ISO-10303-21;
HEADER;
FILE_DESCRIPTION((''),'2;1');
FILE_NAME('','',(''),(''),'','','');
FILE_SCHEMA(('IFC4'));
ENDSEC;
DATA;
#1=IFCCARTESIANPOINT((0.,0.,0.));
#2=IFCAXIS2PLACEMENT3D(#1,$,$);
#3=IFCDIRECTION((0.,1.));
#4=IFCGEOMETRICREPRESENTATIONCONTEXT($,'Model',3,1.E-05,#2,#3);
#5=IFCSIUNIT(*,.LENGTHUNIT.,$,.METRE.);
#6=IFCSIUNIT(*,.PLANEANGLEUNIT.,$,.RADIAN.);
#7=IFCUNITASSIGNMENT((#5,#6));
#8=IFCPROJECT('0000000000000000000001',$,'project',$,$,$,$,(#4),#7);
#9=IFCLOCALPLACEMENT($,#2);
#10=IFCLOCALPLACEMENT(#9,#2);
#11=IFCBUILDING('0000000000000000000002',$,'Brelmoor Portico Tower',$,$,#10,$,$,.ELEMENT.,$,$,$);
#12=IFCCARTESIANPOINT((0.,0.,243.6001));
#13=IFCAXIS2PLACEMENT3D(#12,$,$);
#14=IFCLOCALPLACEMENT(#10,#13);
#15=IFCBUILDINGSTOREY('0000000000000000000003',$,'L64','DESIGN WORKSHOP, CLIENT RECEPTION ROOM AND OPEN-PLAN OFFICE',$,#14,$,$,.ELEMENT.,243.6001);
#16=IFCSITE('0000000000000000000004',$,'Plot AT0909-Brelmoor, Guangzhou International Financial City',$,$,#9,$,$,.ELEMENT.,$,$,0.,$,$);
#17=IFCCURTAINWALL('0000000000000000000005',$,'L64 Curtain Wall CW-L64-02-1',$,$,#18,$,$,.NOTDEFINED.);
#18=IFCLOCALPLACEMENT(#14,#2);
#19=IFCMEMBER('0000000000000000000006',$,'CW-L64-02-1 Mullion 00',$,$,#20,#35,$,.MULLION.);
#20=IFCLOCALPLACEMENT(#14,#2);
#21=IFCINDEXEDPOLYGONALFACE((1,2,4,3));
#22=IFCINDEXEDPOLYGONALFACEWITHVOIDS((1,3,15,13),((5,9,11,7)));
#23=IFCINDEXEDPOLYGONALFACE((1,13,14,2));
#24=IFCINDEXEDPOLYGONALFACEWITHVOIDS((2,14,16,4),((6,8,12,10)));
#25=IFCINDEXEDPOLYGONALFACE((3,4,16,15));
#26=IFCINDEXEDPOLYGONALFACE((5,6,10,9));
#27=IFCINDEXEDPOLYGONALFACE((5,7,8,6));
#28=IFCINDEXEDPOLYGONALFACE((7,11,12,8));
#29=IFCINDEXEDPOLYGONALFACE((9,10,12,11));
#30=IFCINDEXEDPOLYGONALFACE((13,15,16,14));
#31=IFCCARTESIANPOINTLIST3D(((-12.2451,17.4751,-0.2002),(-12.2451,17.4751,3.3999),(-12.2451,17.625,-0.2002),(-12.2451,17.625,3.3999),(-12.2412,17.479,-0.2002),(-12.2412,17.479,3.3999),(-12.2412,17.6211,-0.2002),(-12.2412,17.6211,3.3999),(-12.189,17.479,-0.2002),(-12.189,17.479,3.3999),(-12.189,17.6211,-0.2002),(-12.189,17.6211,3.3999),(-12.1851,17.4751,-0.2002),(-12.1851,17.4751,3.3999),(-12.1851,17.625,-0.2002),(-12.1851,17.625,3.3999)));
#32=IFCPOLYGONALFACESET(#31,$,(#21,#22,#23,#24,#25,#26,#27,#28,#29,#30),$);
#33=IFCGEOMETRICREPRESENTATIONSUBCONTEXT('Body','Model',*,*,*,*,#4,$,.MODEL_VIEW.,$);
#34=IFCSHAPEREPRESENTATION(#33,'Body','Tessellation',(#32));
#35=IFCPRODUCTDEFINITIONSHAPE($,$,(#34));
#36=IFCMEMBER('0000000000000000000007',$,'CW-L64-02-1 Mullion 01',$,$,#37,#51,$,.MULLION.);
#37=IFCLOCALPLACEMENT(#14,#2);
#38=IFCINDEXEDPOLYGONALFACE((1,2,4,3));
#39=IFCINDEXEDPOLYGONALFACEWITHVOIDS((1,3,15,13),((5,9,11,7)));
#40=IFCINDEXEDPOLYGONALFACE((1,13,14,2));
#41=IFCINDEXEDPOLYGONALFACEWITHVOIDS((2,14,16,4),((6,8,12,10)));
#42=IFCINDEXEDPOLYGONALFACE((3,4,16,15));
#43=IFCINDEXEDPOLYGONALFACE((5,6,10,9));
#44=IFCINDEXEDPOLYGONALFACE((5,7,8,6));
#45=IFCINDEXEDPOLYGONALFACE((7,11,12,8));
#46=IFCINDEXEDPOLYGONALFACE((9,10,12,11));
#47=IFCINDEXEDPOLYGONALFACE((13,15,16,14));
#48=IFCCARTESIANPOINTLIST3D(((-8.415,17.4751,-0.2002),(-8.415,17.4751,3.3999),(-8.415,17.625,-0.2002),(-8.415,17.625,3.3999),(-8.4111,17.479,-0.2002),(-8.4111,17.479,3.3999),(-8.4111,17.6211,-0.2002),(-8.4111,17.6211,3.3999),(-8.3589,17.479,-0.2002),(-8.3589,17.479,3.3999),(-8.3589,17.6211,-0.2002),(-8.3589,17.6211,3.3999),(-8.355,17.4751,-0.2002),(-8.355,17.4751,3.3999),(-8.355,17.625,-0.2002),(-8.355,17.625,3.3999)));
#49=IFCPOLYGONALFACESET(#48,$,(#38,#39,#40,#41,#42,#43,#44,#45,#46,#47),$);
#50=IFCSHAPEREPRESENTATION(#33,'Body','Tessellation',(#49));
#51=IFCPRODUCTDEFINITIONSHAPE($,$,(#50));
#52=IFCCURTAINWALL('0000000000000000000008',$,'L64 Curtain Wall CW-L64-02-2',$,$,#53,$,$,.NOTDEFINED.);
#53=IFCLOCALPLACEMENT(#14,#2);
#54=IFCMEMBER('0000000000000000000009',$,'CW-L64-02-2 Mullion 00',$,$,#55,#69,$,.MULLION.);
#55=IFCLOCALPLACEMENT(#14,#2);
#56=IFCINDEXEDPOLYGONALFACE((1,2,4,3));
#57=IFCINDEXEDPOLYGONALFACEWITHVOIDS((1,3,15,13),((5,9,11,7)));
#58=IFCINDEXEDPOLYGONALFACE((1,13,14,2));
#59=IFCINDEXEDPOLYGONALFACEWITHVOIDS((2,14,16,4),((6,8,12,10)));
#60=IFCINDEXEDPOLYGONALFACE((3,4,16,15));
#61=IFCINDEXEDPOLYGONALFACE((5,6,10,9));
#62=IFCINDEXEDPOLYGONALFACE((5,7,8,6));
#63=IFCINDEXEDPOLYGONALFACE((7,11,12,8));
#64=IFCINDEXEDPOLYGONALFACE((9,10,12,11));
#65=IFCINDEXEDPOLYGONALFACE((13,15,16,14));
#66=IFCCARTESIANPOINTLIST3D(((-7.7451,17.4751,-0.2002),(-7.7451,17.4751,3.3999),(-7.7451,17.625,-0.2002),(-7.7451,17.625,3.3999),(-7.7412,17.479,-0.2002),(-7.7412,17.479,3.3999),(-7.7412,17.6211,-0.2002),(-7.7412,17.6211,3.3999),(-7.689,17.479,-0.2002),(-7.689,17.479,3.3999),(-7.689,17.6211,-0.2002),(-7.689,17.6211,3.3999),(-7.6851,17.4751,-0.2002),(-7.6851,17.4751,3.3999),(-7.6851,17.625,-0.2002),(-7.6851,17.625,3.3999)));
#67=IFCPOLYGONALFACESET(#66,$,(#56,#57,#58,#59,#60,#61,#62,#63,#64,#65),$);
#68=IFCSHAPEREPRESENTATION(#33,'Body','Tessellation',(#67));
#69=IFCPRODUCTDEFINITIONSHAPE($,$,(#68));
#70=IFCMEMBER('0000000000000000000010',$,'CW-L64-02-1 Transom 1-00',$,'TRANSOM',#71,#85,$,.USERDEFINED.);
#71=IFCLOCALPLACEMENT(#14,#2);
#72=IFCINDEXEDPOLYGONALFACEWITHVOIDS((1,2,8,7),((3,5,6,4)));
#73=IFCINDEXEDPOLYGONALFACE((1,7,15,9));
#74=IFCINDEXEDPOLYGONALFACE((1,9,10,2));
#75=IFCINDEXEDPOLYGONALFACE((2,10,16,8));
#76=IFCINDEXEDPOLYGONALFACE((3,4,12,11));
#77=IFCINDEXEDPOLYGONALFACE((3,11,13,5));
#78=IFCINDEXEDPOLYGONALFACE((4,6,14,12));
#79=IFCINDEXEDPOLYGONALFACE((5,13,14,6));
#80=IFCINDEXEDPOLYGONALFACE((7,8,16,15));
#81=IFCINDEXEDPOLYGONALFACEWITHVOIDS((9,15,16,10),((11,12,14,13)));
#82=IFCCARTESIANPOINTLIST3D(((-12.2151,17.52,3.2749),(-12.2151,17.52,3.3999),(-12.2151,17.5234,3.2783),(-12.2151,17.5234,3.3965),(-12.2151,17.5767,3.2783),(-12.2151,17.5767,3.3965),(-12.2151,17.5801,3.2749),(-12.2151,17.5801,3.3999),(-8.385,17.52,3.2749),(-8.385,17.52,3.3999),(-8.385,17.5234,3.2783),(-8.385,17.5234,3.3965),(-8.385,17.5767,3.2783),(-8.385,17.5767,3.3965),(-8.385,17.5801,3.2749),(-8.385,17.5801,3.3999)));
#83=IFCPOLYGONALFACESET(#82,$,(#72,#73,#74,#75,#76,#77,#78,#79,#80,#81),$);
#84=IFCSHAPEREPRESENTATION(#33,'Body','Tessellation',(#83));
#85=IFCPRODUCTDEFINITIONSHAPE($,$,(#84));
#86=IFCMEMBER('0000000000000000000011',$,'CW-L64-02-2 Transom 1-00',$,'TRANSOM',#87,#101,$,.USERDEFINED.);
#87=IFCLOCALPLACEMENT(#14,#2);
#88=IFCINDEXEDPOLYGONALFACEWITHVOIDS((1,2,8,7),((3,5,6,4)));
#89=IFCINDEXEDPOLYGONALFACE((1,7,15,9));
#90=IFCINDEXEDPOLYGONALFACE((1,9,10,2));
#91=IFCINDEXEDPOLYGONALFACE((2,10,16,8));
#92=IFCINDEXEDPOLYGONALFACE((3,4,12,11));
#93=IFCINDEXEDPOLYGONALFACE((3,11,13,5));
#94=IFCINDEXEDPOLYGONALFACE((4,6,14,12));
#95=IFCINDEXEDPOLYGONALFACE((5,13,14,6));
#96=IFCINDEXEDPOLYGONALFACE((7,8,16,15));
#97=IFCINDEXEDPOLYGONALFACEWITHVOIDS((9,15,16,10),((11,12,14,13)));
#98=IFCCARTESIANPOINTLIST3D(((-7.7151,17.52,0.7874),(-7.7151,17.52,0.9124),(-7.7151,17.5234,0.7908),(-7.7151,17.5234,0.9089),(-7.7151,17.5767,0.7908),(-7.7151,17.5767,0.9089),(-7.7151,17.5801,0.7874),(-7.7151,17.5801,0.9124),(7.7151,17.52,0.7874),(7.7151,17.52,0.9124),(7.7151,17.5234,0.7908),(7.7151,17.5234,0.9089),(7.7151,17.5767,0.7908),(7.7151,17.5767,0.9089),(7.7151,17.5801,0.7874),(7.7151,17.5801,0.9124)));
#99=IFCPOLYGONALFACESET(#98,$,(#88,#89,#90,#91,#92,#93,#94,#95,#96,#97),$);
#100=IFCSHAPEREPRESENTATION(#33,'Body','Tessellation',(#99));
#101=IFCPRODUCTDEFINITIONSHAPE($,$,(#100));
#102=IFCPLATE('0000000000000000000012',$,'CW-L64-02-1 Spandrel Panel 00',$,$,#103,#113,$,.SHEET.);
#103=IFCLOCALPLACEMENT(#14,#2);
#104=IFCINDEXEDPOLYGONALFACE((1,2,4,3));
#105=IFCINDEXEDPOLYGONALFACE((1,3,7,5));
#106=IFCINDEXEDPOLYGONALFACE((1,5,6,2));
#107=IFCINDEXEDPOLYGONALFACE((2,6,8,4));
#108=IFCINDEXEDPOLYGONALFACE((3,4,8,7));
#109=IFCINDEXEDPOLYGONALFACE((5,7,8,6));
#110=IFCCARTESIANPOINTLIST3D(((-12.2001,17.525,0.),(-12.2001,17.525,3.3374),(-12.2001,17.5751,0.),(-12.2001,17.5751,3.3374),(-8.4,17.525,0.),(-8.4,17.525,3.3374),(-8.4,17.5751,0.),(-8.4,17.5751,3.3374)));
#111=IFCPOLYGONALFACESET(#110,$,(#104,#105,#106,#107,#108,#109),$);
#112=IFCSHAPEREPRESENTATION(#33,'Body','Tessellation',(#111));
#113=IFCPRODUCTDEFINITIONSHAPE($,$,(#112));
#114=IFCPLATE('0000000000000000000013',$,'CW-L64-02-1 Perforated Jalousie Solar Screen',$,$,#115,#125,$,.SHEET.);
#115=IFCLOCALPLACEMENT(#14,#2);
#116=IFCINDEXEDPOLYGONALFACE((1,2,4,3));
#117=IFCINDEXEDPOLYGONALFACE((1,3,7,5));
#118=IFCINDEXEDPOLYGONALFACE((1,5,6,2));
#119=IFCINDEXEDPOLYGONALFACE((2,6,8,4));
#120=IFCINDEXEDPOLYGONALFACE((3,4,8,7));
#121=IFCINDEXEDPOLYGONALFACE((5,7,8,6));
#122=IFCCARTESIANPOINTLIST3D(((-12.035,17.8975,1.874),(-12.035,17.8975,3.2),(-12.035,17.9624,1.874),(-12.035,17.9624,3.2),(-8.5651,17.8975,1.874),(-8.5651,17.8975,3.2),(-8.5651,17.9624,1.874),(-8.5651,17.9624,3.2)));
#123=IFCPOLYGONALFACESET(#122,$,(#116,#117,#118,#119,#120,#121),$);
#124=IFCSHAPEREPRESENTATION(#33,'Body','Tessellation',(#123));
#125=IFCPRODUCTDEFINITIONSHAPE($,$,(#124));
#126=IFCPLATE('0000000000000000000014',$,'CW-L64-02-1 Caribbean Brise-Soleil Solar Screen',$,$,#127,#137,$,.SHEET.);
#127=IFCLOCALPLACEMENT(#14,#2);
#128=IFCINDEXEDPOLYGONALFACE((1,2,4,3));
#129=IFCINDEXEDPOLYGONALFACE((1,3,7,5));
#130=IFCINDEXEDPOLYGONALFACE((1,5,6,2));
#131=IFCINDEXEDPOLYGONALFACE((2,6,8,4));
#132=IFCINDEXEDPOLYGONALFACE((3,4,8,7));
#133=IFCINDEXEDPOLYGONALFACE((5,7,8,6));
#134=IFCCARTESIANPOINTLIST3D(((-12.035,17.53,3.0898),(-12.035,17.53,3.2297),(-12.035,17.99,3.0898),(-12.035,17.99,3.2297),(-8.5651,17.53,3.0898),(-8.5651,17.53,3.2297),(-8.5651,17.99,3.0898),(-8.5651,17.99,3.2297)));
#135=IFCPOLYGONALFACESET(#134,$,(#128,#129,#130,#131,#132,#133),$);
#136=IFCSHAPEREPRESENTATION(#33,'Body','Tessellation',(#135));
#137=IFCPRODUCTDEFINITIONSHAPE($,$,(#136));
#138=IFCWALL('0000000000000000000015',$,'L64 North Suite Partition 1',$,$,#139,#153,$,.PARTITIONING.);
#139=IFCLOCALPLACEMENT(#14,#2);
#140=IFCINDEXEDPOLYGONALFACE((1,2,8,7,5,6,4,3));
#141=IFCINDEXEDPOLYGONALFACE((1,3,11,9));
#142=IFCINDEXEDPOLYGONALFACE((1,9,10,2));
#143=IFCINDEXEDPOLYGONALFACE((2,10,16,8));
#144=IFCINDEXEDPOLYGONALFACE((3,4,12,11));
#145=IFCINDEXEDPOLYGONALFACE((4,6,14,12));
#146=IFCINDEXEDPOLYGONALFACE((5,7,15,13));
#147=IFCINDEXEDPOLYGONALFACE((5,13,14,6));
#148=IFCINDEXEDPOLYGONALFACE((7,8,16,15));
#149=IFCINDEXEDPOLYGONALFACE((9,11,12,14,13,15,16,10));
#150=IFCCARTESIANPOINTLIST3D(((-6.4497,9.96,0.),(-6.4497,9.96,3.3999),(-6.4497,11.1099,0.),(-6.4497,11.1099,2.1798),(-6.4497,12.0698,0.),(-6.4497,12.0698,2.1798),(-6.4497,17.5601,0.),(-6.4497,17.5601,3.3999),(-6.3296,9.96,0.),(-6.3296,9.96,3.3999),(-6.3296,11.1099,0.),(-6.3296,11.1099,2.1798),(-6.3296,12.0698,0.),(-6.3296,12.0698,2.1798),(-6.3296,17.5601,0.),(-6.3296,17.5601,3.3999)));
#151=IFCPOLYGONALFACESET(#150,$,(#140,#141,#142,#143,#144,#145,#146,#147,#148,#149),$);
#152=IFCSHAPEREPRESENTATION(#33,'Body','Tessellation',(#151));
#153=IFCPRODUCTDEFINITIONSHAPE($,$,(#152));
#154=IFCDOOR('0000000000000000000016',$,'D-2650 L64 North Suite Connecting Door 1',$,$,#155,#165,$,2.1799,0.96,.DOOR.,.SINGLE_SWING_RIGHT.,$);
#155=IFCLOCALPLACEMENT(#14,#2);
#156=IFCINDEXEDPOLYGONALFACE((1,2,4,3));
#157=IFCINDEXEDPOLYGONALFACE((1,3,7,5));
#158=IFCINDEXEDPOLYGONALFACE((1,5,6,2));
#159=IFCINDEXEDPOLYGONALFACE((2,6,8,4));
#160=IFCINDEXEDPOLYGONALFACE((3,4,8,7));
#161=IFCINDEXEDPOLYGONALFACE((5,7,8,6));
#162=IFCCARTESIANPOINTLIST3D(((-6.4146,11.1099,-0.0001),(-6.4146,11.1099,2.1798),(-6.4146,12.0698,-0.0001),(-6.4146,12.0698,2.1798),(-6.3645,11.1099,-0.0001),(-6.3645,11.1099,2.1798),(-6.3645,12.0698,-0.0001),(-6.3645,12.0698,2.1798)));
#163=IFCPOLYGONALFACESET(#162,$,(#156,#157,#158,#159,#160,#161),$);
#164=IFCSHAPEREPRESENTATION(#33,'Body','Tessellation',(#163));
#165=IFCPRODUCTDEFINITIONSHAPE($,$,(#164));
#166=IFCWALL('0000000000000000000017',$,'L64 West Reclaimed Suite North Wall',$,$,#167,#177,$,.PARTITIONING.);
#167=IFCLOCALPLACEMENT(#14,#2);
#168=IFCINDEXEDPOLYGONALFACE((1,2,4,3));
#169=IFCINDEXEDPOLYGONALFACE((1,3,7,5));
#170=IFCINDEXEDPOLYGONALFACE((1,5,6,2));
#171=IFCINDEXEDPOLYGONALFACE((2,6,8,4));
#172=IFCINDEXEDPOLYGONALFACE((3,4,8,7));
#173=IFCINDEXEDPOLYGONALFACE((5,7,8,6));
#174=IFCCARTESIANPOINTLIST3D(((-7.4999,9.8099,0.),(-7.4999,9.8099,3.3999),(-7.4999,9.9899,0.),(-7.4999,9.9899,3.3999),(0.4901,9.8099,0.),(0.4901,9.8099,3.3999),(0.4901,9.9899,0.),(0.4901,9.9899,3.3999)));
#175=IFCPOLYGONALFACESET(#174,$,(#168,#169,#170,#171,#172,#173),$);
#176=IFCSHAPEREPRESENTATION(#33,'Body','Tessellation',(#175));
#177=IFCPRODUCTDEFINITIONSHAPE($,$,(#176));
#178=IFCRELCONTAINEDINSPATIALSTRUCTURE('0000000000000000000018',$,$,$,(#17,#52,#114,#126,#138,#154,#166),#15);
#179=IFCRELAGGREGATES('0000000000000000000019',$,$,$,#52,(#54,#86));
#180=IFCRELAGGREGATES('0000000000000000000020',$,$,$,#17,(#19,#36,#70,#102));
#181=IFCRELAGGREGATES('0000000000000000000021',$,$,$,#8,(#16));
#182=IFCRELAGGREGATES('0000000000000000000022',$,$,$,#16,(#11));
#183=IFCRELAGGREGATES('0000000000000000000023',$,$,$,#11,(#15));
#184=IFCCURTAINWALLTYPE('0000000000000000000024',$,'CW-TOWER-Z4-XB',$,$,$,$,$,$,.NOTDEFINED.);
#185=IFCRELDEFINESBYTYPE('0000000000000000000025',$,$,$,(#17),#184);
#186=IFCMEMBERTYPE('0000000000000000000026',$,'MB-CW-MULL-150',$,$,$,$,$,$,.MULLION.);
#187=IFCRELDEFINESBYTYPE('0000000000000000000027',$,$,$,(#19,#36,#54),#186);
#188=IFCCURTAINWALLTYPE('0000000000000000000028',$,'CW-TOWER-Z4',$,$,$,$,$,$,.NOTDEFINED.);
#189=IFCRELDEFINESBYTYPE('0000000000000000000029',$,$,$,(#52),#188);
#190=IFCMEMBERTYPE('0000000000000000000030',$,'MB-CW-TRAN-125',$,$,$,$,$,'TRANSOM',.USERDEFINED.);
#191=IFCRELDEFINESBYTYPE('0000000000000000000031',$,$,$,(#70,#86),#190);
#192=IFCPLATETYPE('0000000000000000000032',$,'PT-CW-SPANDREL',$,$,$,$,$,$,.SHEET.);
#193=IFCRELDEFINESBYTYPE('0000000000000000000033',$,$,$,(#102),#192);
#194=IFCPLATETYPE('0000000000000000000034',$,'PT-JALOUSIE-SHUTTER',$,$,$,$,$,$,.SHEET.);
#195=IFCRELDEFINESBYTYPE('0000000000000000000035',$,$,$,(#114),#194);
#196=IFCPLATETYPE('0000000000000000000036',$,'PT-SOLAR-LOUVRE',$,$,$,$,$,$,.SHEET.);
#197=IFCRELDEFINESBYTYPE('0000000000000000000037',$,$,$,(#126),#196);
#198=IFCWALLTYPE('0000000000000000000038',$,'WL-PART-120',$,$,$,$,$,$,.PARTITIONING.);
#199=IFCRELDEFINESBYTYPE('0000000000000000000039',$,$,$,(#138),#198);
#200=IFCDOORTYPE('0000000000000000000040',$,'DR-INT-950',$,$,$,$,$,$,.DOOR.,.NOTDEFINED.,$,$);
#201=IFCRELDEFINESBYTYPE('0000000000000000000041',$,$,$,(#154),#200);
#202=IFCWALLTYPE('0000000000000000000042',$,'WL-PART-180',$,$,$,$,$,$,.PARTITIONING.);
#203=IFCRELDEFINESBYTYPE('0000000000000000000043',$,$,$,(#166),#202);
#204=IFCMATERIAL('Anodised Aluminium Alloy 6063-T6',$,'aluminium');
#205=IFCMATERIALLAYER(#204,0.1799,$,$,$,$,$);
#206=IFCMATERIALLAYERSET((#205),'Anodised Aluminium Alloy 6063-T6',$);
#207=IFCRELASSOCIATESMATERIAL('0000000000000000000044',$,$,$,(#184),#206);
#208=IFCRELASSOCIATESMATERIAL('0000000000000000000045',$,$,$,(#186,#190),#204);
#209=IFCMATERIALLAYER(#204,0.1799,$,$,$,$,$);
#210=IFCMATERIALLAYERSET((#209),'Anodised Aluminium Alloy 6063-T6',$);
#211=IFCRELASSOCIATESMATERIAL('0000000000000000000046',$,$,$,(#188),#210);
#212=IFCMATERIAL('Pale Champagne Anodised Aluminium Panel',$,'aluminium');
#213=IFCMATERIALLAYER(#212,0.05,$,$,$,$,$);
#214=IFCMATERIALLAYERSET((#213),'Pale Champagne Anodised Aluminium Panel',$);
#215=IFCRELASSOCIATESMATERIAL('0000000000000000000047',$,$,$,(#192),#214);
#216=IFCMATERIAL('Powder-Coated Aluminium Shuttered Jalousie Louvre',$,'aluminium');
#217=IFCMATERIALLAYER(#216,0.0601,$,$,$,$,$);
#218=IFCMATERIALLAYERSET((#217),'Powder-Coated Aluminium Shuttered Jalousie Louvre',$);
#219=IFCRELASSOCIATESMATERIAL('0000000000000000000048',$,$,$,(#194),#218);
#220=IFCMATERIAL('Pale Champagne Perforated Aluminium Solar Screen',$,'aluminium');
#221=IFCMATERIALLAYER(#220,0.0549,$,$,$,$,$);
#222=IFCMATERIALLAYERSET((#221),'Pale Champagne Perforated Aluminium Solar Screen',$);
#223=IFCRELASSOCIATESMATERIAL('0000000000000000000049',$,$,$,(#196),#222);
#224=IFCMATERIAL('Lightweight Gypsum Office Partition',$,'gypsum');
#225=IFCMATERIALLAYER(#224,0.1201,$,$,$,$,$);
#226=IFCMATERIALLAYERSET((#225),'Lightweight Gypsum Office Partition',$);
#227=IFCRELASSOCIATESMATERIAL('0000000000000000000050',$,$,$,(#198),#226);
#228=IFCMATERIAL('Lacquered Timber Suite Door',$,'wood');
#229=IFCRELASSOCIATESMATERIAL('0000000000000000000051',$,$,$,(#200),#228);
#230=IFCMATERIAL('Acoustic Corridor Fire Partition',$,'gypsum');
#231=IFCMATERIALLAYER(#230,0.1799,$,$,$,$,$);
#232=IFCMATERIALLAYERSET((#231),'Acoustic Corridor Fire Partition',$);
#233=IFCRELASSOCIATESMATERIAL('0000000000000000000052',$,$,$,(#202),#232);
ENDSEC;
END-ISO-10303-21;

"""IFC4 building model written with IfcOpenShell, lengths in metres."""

from ifc_helpers import new_model, si_unit, direction, frame, frame_2d, origin, origin_2d, place, context, subcontext, project, spatial, rectangle, hollow_rectangle, extrude, material, layer, layer_set, material_profile, profile_set, type_object, element, fill, aggregate, save


model = new_model("IFC4")

# Units and contexts
model_context = context("Model", 3, precision=1e-05, world=origin(), true_north=direction((0.0, 1.0)))
body_context = subcontext(model_context, "Body", "Model", "MODEL_VIEW")
ifc_project = project(units=[si_unit("LENGTHUNIT", "METRE"), si_unit("PLANEANGLEUNIT", "RADIAN")], contexts=[model_context])

# Site, building, storey
site_placement = place(None, origin())
site = spatial("IfcSite", under=ifc_project, at=site_placement, Name="Plot AT0909-Brelmoor, Guangzhou International Financial City", CompositionType="ELEMENT", RefElevation=0.0)
building_placement = place(site_placement, origin())
building = spatial("IfcBuilding", under=site, at=building_placement, Name="Brelmoor Portico Tower", CompositionType="ELEMENT")
storey_placement = place(building_placement, frame((0.0, 0.0, 243.6001)))
storey = spatial("IfcBuildingStorey", under=building, at=storey_placement, Name="L64", Description="DESIGN WORKSHOP, CLIENT RECEPTION ROOM AND OPEN-PLAN OFFICE", CompositionType="ELEMENT", Elevation=243.6001)

# Curtain wall, members
ifc_material_1 = material(Name="Anodised Aluminium Alloy 6063-T6", Category="aluminium")
ifc_layer_1 = layer(ifc_material_1, 0.1799)
ifc_layer_set_1 = layer_set([ifc_layer_1], Name="Anodised Aluminium Alloy 6063-T6")
curtain_wall_type_1 = type_object("IfcCurtainWallType", Name="CW-TOWER-Z4-XB", PredefinedType="NOTDEFINED", material=ifc_layer_set_1)
curtain_wall_1_placement = place(storey_placement, origin())
curtain_wall_1 = element("IfcCurtainWall", 1, at=curtain_wall_1_placement, inside=storey, type_object=curtain_wall_type_1, Name="L64 Curtain Wall CW-L64-02-1", PredefinedType="NOTDEFINED")
ifc_material_profile_1 = material_profile(ifc_material_1, hollow_rectangle(XDim=0.0601, YDim=0.1499, WallThickness=0.0039, at=origin_2d()), Name="ALU MULLION 60x150")
ifc_profile_set_1 = profile_set([ifc_material_profile_1], Name="Anodised Aluminium Alloy 6063-T6")
member_type_1 = type_object("IfcMemberType", Name="MB-CW-MULL-150", PredefinedType="MULLION", material=ifc_profile_set_1)
member_1_placement = place(storey_placement, frame((-12.2151, 17.55, -0.2002), z_axis=(0.0, 0.0, 1.0), x_axis=(1.0, 0.0, 0.0)))
member_1 = element("IfcMember", 2, at=member_1_placement, type_object=member_type_1, Name="CW-L64-02-1 Mullion 00", PredefinedType="MULLION", context=body_context, shape_type="SweptSolid", body=[
    extrude(hollow_rectangle(XDim=0.0601, YDim=0.1499, WallThickness=0.0039, at=origin_2d()), origin(), (0.0, 0.0, 1.0), 3.6001),
])
member_2_placement = place(storey_placement, frame((-8.385, 17.55, -0.2002), z_axis=(0.0, 0.0, 1.0), x_axis=(1.0, 0.0, 0.0)))
member_2 = element("IfcMember", 3, at=member_2_placement, type_object=member_type_1, Name="CW-L64-02-1 Mullion 01", PredefinedType="MULLION", context=body_context, shape_type="SweptSolid", body=[
    extrude(hollow_rectangle(XDim=0.0601, YDim=0.1499, WallThickness=0.0039, at=origin_2d()), origin(), (0.0, 0.0, 1.0), 3.6001),
])

# Curtain wall, member
ifc_layer_2 = layer(ifc_material_1, 0.1799)
ifc_layer_set_2 = layer_set([ifc_layer_2], Name="Anodised Aluminium Alloy 6063-T6")
curtain_wall_type_2 = type_object("IfcCurtainWallType", Name="CW-TOWER-Z4", PredefinedType="NOTDEFINED", material=ifc_layer_set_2)
curtain_wall_2_placement = place(storey_placement, origin())
curtain_wall_2 = element("IfcCurtainWall", 4, at=curtain_wall_2_placement, inside=storey, type_object=curtain_wall_type_2, Name="L64 Curtain Wall CW-L64-02-2", PredefinedType="NOTDEFINED")
member_3_placement = place(storey_placement, frame((-7.7151, 17.55, -0.2002), z_axis=(0.0, 0.0, 1.0), x_axis=(1.0, 0.0, 0.0)))
member_3 = element("IfcMember", 5, at=member_3_placement, type_object=member_type_1, Name="CW-L64-02-2 Mullion 00", PredefinedType="MULLION", context=body_context, shape_type="SweptSolid", body=[
    extrude(hollow_rectangle(XDim=0.0601, YDim=0.1499, WallThickness=0.0039, at=origin_2d()), origin(), (0.0, 0.0, 1.0), 3.6001),
])

# Members
ifc_material_profile_2 = material_profile(ifc_material_1, hollow_rectangle(XDim=0.0601, YDim=0.125, WallThickness=0.0034, at=origin_2d()), Name="ALU TRANSOM 60x125")
ifc_profile_set_2 = profile_set([ifc_material_profile_2], Name="Anodised Aluminium Alloy 6063-T6")
member_type_2 = type_object("IfcMemberType", Name="MB-CW-TRAN-125", ElementType="TRANSOM", PredefinedType="USERDEFINED", material=ifc_profile_set_2)
member_4_placement = place(storey_placement, frame((-12.2151, 17.55, 3.3374), z_axis=(1.0, 0.0, 0.0), x_axis=(0.0, 1.0, 0.0)))
member_4 = element("IfcMember", 6, at=member_4_placement, type_object=member_type_2, Name="CW-L64-02-1 Transom 1-00", ObjectType="TRANSOM", PredefinedType="USERDEFINED", context=body_context, shape_type="SweptSolid", body=[
    extrude(hollow_rectangle(XDim=0.0601, YDim=0.125, WallThickness=0.0034, at=origin_2d()), origin(), (0.0, 0.0, 1.0), 3.8301),
])
member_5_placement = place(storey_placement, frame((-7.7151, 17.55, 0.8499), z_axis=(1.0, 0.0, 0.0), x_axis=(0.0, 1.0, 0.0)))
member_5 = element("IfcMember", 7, at=member_5_placement, type_object=member_type_2, Name="CW-L64-02-2 Transom 1-00", ObjectType="TRANSOM", PredefinedType="USERDEFINED", context=body_context, shape_type="SweptSolid", body=[
    extrude(hollow_rectangle(XDim=0.0601, YDim=0.125, WallThickness=0.0034, at=origin_2d()), origin(), (0.0, 0.0, 1.0), 15.4302),
])
aggregate(curtain_wall_2, [member_3, member_5])

# Plate
ifc_material_2 = material(Name="Pale Champagne Anodised Aluminium Panel", Category="aluminium")
ifc_layer_3 = layer(ifc_material_2, 0.05)
ifc_layer_set_3 = layer_set([ifc_layer_3], Name="Pale Champagne Anodised Aluminium Panel")
plate_type_1 = type_object("IfcPlateType", Name="PT-CW-SPANDREL", PredefinedType="SHEET", material=ifc_layer_set_3)
plate_1_placement = place(storey_placement, frame((-10.3, 17.55, 0.0), z_axis=(0.0, 0.0, 1.0), x_axis=(1.0, 0.0, 0.0)))
plate_1 = element("IfcPlate", 8, at=plate_1_placement, type_object=plate_type_1, Name="CW-L64-02-1 Spandrel Panel 00", PredefinedType="SHEET", context=body_context, shape_type="SweptSolid", body=[
    extrude(rectangle(XDim=3.8, YDim=0.05, at=origin_2d()), origin(), (0.0, 0.0, 1.0), 3.3374),
])
aggregate(curtain_wall_1, [member_1, member_2, member_4, plate_1])

# Plates
ifc_material_3 = material(Name="Powder-Coated Aluminium Shuttered Jalousie Louvre", Category="aluminium")
ifc_layer_4 = layer(ifc_material_3, 0.0601)
ifc_layer_set_4 = layer_set([ifc_layer_4], Name="Powder-Coated Aluminium Shuttered Jalousie Louvre")
plate_type_2 = type_object("IfcPlateType", Name="PT-JALOUSIE-SHUTTER", PredefinedType="SHEET", material=ifc_layer_set_4)
plate_2_placement = place(storey_placement, frame((-10.3, 17.9299, 1.874), z_axis=(0.0, 0.0, 1.0), x_axis=(1.0, 0.0, 0.0)))
element("IfcPlate", 9, at=plate_2_placement, inside=storey, type_object=plate_type_2, Name="CW-L64-02-1 Perforated Jalousie Solar Screen", PredefinedType="SHEET", context=body_context, shape_type="SweptSolid", body=[
    extrude(rectangle(XDim=3.47, YDim=0.0649, at=origin_2d()), origin(), (0.0, 0.0, 1.0), 1.3259),
])
ifc_material_4 = material(Name="Pale Champagne Perforated Aluminium Solar Screen", Category="aluminium")
ifc_layer_5 = layer(ifc_material_4, 0.0549)
ifc_layer_set_5 = layer_set([ifc_layer_5], Name="Pale Champagne Perforated Aluminium Solar Screen")
plate_type_3 = type_object("IfcPlateType", Name="PT-SOLAR-LOUVRE", PredefinedType="SHEET", material=ifc_layer_set_5)
plate_3_placement = place(storey_placement, frame((-10.3, 17.76, 3.0898), z_axis=(0.0, 0.0, 1.0), x_axis=(1.0, 0.0, 0.0)))
element("IfcPlate", 10, at=plate_3_placement, inside=storey, type_object=plate_type_3, Name="CW-L64-02-1 Caribbean Brise-Soleil Solar Screen", PredefinedType="SHEET", context=body_context, shape_type="SweptSolid", body=[
    extrude(rectangle(XDim=3.47, YDim=0.46, at=origin_2d()), origin(), (0.0, 0.0, 1.0), 0.1399),
])

# Wall, opening, door
ifc_material_5 = material(Name="Lightweight Gypsum Office Partition", Category="gypsum")
ifc_layer_6 = layer(ifc_material_5, 0.1201)
ifc_layer_set_6 = layer_set([ifc_layer_6], Name="Lightweight Gypsum Office Partition")
wall_type_1 = type_object("IfcWallType", Name="WL-PART-120", PredefinedType="PARTITIONING", material=ifc_layer_set_6)
wall_1_placement = place(storey_placement, frame((-6.3896, 9.96, 0.0), z_axis=(0.0, 0.0, 1.0), x_axis=(0.0, 1.0, 0.0)))
wall_1 = element("IfcWall", 11, at=wall_1_placement, inside=storey, type_object=wall_type_1, Name="L64 North Suite Partition 1", PredefinedType="PARTITIONING", context=body_context, shape_type="SweptSolid", body=[
    extrude(rectangle(XDim=7.6001, YDim=0.1201, at=frame_2d((3.8, 0.0))), origin(), (0.0, 0.0, 1.0), 3.3999),
])
opening_placement = place(wall_1_placement, frame((1.1499, 0.0, 0.0)))
opening = element("IfcOpeningElement", 12, at=opening_placement, cuts=wall_1, PredefinedType="OPENING", context=body_context, shape_type="SweptSolid", body=[
    extrude(rectangle(XDim=0.96, YDim=2.1799, at=frame_2d((0.48, 1.0898))), frame((0.0, 0.0701, 0.0), z_axis=(0.0, -1.0, 0.0), x_axis=(1.0, 0.0, 0.0)), (0.0, 0.0, 1.0), 0.1401),
])
ifc_material_6 = material(Name="Lacquered Timber Suite Door", Category="wood")
door_type = type_object("IfcDoorType", Name="DR-INT-950", OperationType="NOTDEFINED", PredefinedType="DOOR", material=ifc_material_6)
door_placement = place(opening_placement, origin())
door = element("IfcDoor", 13, at=door_placement, inside=storey, type_object=door_type, Name="D-2650 L64 North Suite Connecting Door 1", OperationType="SINGLE_SWING_RIGHT", OverallHeight=2.1799, OverallWidth=0.96, PredefinedType="DOOR", context=body_context, shape_type="SweptSolid", body=[
    extrude(rectangle(XDim=0.96, YDim=2.1799, at=frame_2d((0.48, 1.0898))), frame((0.0, 0.0249, 0.0), z_axis=(0.0, -1.0, 0.0), x_axis=(1.0, 0.0, 0.0)), (0.0, 0.0, 1.0), 0.05),
])
fill(opening, door)

# Wall
ifc_material_7 = material(Name="Acoustic Corridor Fire Partition", Category="gypsum")
ifc_layer_7 = layer(ifc_material_7, 0.1799)
ifc_layer_set_7 = layer_set([ifc_layer_7], Name="Acoustic Corridor Fire Partition")
wall_type_2 = type_object("IfcWallType", Name="WL-PART-180", PredefinedType="PARTITIONING", material=ifc_layer_set_7)
wall_2_placement = place(storey_placement, frame((-7.5, 9.8999, 0.0), z_axis=(0.0, 0.0, 1.0), x_axis=(1.0, 0.0, 0.0)))
element("IfcWall", 14, at=wall_2_placement, inside=storey, type_object=wall_type_2, Name="L64 West Reclaimed Suite North Wall", PredefinedType="PARTITIONING", context=body_context, shape_type="SweptSolid", body=[
    extrude(rectangle(XDim=7.99, YDim=0.1799, at=frame_2d((3.9951, 0.0))), origin(), (0.0, 0.0, 1.0), 3.3999),
])

save(model, "model.ifc")
